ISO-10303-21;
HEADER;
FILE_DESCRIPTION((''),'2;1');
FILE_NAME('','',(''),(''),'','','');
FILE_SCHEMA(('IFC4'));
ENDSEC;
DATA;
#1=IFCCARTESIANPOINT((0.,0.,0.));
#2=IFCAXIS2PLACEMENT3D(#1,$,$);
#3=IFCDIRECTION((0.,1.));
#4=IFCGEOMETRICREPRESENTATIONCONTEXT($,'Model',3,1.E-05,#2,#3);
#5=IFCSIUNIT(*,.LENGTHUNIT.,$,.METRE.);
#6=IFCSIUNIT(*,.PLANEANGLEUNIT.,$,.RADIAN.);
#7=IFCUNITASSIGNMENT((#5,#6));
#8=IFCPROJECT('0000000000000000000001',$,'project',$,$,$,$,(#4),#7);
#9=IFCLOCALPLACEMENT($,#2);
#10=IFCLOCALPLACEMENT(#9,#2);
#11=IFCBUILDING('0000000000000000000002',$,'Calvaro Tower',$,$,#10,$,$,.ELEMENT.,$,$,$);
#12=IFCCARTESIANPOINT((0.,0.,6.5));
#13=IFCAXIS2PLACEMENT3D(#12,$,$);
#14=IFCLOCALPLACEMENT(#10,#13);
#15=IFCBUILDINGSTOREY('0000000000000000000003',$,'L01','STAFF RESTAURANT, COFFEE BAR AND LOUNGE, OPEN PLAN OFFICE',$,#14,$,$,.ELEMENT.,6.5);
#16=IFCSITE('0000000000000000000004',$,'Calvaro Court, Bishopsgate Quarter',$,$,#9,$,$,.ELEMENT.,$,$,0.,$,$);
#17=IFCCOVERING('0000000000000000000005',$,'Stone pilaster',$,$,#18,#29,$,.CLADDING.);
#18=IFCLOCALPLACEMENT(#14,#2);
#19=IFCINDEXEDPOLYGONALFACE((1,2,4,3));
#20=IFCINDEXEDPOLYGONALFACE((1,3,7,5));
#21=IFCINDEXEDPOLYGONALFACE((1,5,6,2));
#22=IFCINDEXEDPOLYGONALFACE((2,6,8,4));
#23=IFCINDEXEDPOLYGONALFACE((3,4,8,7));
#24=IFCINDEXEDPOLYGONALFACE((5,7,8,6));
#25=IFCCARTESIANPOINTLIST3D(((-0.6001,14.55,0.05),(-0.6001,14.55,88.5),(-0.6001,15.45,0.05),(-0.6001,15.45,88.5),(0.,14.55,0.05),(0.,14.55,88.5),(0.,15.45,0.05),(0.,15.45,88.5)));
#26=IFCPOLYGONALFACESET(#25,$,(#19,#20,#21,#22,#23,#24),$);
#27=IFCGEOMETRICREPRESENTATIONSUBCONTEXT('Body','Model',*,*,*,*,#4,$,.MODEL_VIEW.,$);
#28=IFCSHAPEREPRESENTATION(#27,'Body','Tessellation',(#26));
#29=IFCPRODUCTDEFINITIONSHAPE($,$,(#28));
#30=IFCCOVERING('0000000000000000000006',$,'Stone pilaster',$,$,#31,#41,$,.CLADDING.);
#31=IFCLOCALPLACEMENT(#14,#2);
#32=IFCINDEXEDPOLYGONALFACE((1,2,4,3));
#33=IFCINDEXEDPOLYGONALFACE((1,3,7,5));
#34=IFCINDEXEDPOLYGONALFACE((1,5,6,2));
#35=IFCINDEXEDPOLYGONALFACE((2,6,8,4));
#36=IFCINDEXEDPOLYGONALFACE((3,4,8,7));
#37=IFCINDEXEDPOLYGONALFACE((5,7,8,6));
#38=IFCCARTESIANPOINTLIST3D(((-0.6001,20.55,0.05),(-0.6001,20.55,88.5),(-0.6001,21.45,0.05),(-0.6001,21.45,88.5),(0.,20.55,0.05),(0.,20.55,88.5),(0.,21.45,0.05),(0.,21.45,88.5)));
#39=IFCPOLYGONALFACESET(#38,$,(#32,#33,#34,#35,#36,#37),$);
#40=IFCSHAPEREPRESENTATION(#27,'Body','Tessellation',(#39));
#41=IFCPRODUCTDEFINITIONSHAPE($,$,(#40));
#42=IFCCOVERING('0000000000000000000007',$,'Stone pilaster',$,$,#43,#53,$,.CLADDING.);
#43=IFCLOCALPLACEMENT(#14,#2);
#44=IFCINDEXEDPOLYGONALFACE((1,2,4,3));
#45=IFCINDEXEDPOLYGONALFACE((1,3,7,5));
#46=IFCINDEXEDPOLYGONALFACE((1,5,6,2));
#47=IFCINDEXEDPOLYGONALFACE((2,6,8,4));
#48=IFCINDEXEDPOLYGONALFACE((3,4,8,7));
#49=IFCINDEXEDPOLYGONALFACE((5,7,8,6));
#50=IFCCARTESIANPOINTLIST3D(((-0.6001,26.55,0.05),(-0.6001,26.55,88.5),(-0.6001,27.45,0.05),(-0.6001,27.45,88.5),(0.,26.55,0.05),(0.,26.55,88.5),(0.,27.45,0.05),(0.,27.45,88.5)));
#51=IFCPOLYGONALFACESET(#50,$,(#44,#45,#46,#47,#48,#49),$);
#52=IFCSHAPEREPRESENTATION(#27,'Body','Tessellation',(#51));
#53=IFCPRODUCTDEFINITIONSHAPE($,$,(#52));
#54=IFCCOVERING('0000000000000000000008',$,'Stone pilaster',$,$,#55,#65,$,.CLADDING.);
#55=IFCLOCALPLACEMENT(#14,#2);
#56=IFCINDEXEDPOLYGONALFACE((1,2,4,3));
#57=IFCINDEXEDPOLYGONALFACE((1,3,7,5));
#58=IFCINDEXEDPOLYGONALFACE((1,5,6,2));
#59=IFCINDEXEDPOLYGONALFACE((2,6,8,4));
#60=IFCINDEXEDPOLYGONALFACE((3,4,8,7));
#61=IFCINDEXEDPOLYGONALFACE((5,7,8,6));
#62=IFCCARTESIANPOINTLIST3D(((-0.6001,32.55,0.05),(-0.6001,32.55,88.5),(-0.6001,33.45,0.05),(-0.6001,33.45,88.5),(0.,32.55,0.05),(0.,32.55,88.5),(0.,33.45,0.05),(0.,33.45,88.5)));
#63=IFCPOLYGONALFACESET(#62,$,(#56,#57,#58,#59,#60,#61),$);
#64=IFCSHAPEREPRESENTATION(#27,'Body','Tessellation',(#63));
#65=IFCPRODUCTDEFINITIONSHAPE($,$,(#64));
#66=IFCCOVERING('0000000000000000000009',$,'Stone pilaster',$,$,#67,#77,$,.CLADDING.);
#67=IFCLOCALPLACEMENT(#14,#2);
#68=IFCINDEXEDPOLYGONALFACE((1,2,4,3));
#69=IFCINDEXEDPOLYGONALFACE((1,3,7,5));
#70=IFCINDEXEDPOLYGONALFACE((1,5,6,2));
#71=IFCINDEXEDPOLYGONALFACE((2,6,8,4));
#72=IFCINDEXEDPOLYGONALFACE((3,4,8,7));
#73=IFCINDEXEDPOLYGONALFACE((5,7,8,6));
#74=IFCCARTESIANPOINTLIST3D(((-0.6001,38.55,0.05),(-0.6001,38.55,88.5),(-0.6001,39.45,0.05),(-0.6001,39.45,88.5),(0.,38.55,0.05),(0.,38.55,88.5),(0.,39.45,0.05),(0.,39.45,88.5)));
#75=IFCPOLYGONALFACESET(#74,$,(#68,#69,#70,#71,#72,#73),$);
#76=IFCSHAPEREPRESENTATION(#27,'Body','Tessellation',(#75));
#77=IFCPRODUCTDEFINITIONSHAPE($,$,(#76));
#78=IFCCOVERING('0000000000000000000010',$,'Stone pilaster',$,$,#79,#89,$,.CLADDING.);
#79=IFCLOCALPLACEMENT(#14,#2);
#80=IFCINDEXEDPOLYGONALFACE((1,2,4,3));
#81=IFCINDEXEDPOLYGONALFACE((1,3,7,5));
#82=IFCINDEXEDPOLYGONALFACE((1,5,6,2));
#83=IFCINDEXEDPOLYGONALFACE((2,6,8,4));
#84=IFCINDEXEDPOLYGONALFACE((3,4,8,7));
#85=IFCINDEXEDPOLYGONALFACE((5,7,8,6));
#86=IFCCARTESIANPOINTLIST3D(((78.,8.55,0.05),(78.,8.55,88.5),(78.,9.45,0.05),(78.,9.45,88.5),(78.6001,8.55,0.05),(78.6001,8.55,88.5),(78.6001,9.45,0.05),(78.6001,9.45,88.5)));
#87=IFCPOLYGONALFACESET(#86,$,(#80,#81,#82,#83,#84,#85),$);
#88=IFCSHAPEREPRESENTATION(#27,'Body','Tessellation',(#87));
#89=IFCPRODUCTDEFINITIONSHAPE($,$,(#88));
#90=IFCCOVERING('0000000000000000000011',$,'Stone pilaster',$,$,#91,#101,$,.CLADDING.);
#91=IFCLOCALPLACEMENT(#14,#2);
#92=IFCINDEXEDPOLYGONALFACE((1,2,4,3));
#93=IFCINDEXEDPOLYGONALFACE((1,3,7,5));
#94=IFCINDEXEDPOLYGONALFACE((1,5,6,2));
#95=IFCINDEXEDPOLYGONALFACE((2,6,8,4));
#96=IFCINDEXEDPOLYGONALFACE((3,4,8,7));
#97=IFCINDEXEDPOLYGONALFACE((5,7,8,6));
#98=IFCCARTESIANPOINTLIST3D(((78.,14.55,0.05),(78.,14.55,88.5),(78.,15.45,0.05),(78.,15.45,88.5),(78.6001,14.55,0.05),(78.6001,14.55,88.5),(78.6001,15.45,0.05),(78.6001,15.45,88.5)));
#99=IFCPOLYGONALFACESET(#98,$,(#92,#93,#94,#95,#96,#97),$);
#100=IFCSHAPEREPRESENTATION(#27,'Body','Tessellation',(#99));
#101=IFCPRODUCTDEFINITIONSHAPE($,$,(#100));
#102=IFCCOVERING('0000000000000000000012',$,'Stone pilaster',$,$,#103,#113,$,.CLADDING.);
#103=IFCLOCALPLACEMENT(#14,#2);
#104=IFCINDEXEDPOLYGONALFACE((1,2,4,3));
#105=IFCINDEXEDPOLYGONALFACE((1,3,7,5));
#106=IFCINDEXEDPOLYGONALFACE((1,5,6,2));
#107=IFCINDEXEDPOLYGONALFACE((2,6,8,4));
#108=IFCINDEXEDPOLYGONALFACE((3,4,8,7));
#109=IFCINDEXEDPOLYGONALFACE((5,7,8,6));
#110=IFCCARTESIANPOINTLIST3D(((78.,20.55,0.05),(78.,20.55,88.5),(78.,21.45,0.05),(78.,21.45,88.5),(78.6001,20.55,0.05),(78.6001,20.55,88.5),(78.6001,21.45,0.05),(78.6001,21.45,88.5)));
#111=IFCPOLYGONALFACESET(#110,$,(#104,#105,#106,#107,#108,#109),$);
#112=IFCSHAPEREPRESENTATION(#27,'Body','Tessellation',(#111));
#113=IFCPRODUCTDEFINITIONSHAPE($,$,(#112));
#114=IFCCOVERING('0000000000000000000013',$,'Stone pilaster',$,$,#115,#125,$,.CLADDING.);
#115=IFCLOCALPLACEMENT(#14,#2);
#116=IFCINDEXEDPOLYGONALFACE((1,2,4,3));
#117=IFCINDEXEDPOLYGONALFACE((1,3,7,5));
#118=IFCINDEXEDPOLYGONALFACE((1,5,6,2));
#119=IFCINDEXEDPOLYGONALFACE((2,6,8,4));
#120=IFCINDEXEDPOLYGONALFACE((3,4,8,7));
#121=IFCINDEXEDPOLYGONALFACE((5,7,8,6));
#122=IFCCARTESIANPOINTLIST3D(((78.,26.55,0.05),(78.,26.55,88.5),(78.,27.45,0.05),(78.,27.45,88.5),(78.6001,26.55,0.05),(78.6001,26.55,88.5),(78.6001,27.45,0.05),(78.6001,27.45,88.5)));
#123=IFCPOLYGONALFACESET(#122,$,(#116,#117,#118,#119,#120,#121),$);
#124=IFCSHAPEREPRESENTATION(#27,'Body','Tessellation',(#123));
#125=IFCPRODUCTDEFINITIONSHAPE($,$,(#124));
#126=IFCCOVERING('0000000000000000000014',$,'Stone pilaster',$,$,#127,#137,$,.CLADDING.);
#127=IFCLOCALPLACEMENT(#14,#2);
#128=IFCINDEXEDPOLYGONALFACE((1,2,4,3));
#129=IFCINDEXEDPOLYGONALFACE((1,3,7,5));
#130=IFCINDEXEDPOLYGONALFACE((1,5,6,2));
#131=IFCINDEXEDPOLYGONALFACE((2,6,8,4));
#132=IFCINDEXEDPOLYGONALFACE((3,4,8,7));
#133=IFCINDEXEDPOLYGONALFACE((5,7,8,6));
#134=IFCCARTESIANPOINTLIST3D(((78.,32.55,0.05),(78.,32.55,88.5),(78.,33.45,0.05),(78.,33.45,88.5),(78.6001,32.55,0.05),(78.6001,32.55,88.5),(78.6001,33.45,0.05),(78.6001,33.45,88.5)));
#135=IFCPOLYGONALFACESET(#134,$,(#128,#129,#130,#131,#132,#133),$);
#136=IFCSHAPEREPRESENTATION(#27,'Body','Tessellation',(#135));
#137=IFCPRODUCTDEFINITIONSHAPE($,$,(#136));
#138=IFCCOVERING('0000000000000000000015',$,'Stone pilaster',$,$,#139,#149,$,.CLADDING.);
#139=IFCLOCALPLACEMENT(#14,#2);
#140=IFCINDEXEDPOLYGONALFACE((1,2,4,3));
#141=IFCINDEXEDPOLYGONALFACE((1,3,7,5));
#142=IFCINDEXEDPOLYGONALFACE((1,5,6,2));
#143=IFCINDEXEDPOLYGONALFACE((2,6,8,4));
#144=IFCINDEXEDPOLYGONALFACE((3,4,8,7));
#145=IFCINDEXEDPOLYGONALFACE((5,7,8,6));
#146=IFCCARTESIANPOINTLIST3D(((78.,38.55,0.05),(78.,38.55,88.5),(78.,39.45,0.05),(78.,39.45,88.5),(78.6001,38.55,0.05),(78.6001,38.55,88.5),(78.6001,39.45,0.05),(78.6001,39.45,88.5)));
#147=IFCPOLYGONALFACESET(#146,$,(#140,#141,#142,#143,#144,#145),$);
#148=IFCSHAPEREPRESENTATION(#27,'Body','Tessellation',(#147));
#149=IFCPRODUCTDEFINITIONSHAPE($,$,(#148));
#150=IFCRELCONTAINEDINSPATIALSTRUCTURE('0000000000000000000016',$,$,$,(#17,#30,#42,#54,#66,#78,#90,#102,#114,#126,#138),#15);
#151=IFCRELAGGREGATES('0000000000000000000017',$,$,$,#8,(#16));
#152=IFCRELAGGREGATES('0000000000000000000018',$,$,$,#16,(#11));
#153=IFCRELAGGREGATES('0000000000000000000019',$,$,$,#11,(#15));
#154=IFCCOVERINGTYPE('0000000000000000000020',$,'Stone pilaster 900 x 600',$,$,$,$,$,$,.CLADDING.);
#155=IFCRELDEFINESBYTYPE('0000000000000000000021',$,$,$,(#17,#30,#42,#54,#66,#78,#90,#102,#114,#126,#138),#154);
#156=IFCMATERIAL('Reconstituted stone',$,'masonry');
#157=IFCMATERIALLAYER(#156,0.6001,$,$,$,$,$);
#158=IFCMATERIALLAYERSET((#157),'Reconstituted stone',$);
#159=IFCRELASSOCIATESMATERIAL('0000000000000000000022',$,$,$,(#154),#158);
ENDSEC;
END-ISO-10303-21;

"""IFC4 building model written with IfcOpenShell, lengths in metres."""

from ifc_helpers import new_model, si_unit, direction, frame, origin, place, context, subcontext, project, spatial, polyline, outline, extrude, material, layer, layer_set, type_object, element, save


model = new_model("IFC4")

# Units and contexts
model_context = context("Model", 3, precision=1e-05, world=origin(), true_north=direction((0.0, 1.0)))
body_context = subcontext(model_context, "Body", "Model", "MODEL_VIEW")
ifc_project = project(units=[si_unit("LENGTHUNIT", "METRE"), si_unit("PLANEANGLEUNIT", "RADIAN")], contexts=[model_context])

# Site, building, storey
site_placement = place(None, origin())
site = spatial("IfcSite", under=ifc_project, at=site_placement, Name="Calvaro Court, Bishopsgate Quarter", CompositionType="ELEMENT", RefElevation=0.0)
building_placement = place(site_placement, origin())
building = spatial("IfcBuilding", under=site, at=building_placement, Name="Calvaro Tower", CompositionType="ELEMENT")
storey_placement = place(building_placement, frame((0.0, 0.0, 6.5)))
storey = spatial("IfcBuildingStorey", under=building, at=storey_placement, Name="L01", Description="STAFF RESTAURANT, COFFEE BAR AND LOUNGE, OPEN PLAN OFFICE", CompositionType="ELEMENT", Elevation=6.5)

# Coverings
ifc_material_1 = material(Name="Reconstituted stone", Category="masonry")
ifc_layer_1 = layer(ifc_material_1, 0.6001)
ifc_layer_set_1 = layer_set([ifc_layer_1], Name="Reconstituted stone")
covering_type_1 = type_object("IfcCoveringType", Name="Stone pilaster 900 x 600", PredefinedType="CLADDING", material=ifc_layer_set_1)
covering_1_placement = place(storey_placement, frame((0.0, 0.0, 0.05)))
element("IfcCovering", 1, at=covering_1_placement, inside=storey, type_object=covering_type_1, Name="Stone pilaster", PredefinedType="CLADDING", context=body_context, shape_type="SweptSolid", body=[
    extrude(outline(polyline([(-0.6001, 14.55), (0.0, 14.55), (0.0, 15.45), (-0.6001, 15.45), (-0.6001, 14.55)])), origin(), (0.0, 0.0, 1.0), 88.45),
])
covering_2_placement = place(storey_placement, frame((0.0, 0.0, 0.05)))
element("IfcCovering", 2, at=covering_2_placement, inside=storey, type_object=covering_type_1, Name="Stone pilaster", PredefinedType="CLADDING", context=body_context, shape_type="SweptSolid", body=[
    extrude(outline(polyline([(-0.6001, 20.55), (0.0, 20.55), (0.0, 21.45), (-0.6001, 21.45), (-0.6001, 20.55)])), origin(), (0.0, 0.0, 1.0), 88.45),
])
covering_3_placement = place(storey_placement, frame((0.0, 0.0, 0.05)))
element("IfcCovering", 3, at=covering_3_placement, inside=storey, type_object=covering_type_1, Name="Stone pilaster", PredefinedType="CLADDING", context=body_context, shape_type="SweptSolid", body=[
    extrude(outline(polyline([(-0.6001, 26.55), (0.0, 26.55), (0.0, 27.45), (-0.6001, 27.45), (-0.6001, 26.55)])), origin(), (0.0, 0.0, 1.0), 88.45),
])
covering_4_placement = place(storey_placement, frame((0.0, 0.0, 0.05)))
element("IfcCovering", 4, at=covering_4_placement, inside=storey, type_object=covering_type_1, Name="Stone pilaster", PredefinedType="CLADDING", context=body_context, shape_type="SweptSolid", body=[
    extrude(outline(polyline([(-0.6001, 32.55), (0.0, 32.55), (0.0, 33.45), (-0.6001, 33.45), (-0.6001, 32.55)])), origin(), (0.0, 0.0, 1.0), 88.45),
])
covering_5_placement = place(storey_placement, frame((0.0, 0.0, 0.05)))
element("IfcCovering", 5, at=covering_5_placement, inside=storey, type_object=covering_type_1, Name="Stone pilaster", PredefinedType="CLADDING", context=body_context, shape_type="SweptSolid", body=[
    extrude(outline(polyline([(-0.6001, 38.55), (0.0, 38.55), (0.0, 39.45), (-0.6001, 39.45), (-0.6001, 38.55)])), origin(), (0.0, 0.0, 1.0), 88.45),
])
covering_6_placement = place(storey_placement, frame((0.0, 0.0, 0.05)))
element("IfcCovering", 6, at=covering_6_placement, inside=storey, type_object=covering_type_1, Name="Stone pilaster", PredefinedType="CLADDING", context=body_context, shape_type="SweptSolid", body=[
    extrude(outline(polyline([(78.0, 8.55), (78.6001, 8.55), (78.6001, 9.45), (78.0, 9.45), (78.0, 8.55)])), origin(), (0.0, 0.0, 1.0), 88.45),
])
covering_7_placement = place(storey_placement, frame((0.0, 0.0, 0.05)))
element("IfcCovering", 7, at=covering_7_placement, inside=storey, type_object=covering_type_1, Name="Stone pilaster", PredefinedType="CLADDING", context=body_context, shape_type="SweptSolid", body=[
    extrude(outline(polyline([(78.0, 14.55), (78.6001, 14.55), (78.6001, 15.45), (78.0, 15.45), (78.0, 14.55)])), origin(), (0.0, 0.0, 1.0), 88.45),
])
covering_8_placement = place(storey_placement, frame((0.0, 0.0, 0.05)))
element("IfcCovering", 8, at=covering_8_placement, inside=storey, type_object=covering_type_1, Name="Stone pilaster", PredefinedType="CLADDING", context=body_context, shape_type="SweptSolid", body=[
    extrude(outline(polyline([(78.0, 20.55), (78.6001, 20.55), (78.6001, 21.45), (78.0, 21.45), (78.0, 20.55)])), origin(), (0.0, 0.0, 1.0), 88.45),
])
covering_9_placement = place(storey_placement, frame((0.0, 0.0, 0.05)))
element("IfcCovering", 9, at=covering_9_placement, inside=storey, type_object=covering_type_1, Name="Stone pilaster", PredefinedType="CLADDING", context=body_context, shape_type="SweptSolid", body=[
    extrude(outline(polyline([(78.0, 26.55), (78.6001, 26.55), (78.6001, 27.45), (78.0, 27.45), (78.0, 26.55)])), origin(), (0.0, 0.0, 1.0), 88.45),
])
covering_10_placement = place(storey_placement, frame((0.0, 0.0, 0.05)))
element("IfcCovering", 10, at=covering_10_placement, inside=storey, type_object=covering_type_1, Name="Stone pilaster", PredefinedType="CLADDING", context=body_context, shape_type="SweptSolid", body=[
    extrude(outline(polyline([(78.0, 32.55), (78.6001, 32.55), (78.6001, 33.45), (78.0, 33.45), (78.0, 32.55)])), origin(), (0.0, 0.0, 1.0), 88.45),
])
covering_11_placement = place(storey_placement, frame((0.0, 0.0, 0.05)))
element("IfcCovering", 11, at=covering_11_placement, inside=storey, type_object=covering_type_1, Name="Stone pilaster", PredefinedType="CLADDING", context=body_context, shape_type="SweptSolid", body=[
    extrude(outline(polyline([(78.0, 38.55), (78.6001, 38.55), (78.6001, 39.45), (78.0, 39.45), (78.0, 38.55)])), origin(), (0.0, 0.0, 1.0), 88.45),
])

save(model, "model.ifc")
